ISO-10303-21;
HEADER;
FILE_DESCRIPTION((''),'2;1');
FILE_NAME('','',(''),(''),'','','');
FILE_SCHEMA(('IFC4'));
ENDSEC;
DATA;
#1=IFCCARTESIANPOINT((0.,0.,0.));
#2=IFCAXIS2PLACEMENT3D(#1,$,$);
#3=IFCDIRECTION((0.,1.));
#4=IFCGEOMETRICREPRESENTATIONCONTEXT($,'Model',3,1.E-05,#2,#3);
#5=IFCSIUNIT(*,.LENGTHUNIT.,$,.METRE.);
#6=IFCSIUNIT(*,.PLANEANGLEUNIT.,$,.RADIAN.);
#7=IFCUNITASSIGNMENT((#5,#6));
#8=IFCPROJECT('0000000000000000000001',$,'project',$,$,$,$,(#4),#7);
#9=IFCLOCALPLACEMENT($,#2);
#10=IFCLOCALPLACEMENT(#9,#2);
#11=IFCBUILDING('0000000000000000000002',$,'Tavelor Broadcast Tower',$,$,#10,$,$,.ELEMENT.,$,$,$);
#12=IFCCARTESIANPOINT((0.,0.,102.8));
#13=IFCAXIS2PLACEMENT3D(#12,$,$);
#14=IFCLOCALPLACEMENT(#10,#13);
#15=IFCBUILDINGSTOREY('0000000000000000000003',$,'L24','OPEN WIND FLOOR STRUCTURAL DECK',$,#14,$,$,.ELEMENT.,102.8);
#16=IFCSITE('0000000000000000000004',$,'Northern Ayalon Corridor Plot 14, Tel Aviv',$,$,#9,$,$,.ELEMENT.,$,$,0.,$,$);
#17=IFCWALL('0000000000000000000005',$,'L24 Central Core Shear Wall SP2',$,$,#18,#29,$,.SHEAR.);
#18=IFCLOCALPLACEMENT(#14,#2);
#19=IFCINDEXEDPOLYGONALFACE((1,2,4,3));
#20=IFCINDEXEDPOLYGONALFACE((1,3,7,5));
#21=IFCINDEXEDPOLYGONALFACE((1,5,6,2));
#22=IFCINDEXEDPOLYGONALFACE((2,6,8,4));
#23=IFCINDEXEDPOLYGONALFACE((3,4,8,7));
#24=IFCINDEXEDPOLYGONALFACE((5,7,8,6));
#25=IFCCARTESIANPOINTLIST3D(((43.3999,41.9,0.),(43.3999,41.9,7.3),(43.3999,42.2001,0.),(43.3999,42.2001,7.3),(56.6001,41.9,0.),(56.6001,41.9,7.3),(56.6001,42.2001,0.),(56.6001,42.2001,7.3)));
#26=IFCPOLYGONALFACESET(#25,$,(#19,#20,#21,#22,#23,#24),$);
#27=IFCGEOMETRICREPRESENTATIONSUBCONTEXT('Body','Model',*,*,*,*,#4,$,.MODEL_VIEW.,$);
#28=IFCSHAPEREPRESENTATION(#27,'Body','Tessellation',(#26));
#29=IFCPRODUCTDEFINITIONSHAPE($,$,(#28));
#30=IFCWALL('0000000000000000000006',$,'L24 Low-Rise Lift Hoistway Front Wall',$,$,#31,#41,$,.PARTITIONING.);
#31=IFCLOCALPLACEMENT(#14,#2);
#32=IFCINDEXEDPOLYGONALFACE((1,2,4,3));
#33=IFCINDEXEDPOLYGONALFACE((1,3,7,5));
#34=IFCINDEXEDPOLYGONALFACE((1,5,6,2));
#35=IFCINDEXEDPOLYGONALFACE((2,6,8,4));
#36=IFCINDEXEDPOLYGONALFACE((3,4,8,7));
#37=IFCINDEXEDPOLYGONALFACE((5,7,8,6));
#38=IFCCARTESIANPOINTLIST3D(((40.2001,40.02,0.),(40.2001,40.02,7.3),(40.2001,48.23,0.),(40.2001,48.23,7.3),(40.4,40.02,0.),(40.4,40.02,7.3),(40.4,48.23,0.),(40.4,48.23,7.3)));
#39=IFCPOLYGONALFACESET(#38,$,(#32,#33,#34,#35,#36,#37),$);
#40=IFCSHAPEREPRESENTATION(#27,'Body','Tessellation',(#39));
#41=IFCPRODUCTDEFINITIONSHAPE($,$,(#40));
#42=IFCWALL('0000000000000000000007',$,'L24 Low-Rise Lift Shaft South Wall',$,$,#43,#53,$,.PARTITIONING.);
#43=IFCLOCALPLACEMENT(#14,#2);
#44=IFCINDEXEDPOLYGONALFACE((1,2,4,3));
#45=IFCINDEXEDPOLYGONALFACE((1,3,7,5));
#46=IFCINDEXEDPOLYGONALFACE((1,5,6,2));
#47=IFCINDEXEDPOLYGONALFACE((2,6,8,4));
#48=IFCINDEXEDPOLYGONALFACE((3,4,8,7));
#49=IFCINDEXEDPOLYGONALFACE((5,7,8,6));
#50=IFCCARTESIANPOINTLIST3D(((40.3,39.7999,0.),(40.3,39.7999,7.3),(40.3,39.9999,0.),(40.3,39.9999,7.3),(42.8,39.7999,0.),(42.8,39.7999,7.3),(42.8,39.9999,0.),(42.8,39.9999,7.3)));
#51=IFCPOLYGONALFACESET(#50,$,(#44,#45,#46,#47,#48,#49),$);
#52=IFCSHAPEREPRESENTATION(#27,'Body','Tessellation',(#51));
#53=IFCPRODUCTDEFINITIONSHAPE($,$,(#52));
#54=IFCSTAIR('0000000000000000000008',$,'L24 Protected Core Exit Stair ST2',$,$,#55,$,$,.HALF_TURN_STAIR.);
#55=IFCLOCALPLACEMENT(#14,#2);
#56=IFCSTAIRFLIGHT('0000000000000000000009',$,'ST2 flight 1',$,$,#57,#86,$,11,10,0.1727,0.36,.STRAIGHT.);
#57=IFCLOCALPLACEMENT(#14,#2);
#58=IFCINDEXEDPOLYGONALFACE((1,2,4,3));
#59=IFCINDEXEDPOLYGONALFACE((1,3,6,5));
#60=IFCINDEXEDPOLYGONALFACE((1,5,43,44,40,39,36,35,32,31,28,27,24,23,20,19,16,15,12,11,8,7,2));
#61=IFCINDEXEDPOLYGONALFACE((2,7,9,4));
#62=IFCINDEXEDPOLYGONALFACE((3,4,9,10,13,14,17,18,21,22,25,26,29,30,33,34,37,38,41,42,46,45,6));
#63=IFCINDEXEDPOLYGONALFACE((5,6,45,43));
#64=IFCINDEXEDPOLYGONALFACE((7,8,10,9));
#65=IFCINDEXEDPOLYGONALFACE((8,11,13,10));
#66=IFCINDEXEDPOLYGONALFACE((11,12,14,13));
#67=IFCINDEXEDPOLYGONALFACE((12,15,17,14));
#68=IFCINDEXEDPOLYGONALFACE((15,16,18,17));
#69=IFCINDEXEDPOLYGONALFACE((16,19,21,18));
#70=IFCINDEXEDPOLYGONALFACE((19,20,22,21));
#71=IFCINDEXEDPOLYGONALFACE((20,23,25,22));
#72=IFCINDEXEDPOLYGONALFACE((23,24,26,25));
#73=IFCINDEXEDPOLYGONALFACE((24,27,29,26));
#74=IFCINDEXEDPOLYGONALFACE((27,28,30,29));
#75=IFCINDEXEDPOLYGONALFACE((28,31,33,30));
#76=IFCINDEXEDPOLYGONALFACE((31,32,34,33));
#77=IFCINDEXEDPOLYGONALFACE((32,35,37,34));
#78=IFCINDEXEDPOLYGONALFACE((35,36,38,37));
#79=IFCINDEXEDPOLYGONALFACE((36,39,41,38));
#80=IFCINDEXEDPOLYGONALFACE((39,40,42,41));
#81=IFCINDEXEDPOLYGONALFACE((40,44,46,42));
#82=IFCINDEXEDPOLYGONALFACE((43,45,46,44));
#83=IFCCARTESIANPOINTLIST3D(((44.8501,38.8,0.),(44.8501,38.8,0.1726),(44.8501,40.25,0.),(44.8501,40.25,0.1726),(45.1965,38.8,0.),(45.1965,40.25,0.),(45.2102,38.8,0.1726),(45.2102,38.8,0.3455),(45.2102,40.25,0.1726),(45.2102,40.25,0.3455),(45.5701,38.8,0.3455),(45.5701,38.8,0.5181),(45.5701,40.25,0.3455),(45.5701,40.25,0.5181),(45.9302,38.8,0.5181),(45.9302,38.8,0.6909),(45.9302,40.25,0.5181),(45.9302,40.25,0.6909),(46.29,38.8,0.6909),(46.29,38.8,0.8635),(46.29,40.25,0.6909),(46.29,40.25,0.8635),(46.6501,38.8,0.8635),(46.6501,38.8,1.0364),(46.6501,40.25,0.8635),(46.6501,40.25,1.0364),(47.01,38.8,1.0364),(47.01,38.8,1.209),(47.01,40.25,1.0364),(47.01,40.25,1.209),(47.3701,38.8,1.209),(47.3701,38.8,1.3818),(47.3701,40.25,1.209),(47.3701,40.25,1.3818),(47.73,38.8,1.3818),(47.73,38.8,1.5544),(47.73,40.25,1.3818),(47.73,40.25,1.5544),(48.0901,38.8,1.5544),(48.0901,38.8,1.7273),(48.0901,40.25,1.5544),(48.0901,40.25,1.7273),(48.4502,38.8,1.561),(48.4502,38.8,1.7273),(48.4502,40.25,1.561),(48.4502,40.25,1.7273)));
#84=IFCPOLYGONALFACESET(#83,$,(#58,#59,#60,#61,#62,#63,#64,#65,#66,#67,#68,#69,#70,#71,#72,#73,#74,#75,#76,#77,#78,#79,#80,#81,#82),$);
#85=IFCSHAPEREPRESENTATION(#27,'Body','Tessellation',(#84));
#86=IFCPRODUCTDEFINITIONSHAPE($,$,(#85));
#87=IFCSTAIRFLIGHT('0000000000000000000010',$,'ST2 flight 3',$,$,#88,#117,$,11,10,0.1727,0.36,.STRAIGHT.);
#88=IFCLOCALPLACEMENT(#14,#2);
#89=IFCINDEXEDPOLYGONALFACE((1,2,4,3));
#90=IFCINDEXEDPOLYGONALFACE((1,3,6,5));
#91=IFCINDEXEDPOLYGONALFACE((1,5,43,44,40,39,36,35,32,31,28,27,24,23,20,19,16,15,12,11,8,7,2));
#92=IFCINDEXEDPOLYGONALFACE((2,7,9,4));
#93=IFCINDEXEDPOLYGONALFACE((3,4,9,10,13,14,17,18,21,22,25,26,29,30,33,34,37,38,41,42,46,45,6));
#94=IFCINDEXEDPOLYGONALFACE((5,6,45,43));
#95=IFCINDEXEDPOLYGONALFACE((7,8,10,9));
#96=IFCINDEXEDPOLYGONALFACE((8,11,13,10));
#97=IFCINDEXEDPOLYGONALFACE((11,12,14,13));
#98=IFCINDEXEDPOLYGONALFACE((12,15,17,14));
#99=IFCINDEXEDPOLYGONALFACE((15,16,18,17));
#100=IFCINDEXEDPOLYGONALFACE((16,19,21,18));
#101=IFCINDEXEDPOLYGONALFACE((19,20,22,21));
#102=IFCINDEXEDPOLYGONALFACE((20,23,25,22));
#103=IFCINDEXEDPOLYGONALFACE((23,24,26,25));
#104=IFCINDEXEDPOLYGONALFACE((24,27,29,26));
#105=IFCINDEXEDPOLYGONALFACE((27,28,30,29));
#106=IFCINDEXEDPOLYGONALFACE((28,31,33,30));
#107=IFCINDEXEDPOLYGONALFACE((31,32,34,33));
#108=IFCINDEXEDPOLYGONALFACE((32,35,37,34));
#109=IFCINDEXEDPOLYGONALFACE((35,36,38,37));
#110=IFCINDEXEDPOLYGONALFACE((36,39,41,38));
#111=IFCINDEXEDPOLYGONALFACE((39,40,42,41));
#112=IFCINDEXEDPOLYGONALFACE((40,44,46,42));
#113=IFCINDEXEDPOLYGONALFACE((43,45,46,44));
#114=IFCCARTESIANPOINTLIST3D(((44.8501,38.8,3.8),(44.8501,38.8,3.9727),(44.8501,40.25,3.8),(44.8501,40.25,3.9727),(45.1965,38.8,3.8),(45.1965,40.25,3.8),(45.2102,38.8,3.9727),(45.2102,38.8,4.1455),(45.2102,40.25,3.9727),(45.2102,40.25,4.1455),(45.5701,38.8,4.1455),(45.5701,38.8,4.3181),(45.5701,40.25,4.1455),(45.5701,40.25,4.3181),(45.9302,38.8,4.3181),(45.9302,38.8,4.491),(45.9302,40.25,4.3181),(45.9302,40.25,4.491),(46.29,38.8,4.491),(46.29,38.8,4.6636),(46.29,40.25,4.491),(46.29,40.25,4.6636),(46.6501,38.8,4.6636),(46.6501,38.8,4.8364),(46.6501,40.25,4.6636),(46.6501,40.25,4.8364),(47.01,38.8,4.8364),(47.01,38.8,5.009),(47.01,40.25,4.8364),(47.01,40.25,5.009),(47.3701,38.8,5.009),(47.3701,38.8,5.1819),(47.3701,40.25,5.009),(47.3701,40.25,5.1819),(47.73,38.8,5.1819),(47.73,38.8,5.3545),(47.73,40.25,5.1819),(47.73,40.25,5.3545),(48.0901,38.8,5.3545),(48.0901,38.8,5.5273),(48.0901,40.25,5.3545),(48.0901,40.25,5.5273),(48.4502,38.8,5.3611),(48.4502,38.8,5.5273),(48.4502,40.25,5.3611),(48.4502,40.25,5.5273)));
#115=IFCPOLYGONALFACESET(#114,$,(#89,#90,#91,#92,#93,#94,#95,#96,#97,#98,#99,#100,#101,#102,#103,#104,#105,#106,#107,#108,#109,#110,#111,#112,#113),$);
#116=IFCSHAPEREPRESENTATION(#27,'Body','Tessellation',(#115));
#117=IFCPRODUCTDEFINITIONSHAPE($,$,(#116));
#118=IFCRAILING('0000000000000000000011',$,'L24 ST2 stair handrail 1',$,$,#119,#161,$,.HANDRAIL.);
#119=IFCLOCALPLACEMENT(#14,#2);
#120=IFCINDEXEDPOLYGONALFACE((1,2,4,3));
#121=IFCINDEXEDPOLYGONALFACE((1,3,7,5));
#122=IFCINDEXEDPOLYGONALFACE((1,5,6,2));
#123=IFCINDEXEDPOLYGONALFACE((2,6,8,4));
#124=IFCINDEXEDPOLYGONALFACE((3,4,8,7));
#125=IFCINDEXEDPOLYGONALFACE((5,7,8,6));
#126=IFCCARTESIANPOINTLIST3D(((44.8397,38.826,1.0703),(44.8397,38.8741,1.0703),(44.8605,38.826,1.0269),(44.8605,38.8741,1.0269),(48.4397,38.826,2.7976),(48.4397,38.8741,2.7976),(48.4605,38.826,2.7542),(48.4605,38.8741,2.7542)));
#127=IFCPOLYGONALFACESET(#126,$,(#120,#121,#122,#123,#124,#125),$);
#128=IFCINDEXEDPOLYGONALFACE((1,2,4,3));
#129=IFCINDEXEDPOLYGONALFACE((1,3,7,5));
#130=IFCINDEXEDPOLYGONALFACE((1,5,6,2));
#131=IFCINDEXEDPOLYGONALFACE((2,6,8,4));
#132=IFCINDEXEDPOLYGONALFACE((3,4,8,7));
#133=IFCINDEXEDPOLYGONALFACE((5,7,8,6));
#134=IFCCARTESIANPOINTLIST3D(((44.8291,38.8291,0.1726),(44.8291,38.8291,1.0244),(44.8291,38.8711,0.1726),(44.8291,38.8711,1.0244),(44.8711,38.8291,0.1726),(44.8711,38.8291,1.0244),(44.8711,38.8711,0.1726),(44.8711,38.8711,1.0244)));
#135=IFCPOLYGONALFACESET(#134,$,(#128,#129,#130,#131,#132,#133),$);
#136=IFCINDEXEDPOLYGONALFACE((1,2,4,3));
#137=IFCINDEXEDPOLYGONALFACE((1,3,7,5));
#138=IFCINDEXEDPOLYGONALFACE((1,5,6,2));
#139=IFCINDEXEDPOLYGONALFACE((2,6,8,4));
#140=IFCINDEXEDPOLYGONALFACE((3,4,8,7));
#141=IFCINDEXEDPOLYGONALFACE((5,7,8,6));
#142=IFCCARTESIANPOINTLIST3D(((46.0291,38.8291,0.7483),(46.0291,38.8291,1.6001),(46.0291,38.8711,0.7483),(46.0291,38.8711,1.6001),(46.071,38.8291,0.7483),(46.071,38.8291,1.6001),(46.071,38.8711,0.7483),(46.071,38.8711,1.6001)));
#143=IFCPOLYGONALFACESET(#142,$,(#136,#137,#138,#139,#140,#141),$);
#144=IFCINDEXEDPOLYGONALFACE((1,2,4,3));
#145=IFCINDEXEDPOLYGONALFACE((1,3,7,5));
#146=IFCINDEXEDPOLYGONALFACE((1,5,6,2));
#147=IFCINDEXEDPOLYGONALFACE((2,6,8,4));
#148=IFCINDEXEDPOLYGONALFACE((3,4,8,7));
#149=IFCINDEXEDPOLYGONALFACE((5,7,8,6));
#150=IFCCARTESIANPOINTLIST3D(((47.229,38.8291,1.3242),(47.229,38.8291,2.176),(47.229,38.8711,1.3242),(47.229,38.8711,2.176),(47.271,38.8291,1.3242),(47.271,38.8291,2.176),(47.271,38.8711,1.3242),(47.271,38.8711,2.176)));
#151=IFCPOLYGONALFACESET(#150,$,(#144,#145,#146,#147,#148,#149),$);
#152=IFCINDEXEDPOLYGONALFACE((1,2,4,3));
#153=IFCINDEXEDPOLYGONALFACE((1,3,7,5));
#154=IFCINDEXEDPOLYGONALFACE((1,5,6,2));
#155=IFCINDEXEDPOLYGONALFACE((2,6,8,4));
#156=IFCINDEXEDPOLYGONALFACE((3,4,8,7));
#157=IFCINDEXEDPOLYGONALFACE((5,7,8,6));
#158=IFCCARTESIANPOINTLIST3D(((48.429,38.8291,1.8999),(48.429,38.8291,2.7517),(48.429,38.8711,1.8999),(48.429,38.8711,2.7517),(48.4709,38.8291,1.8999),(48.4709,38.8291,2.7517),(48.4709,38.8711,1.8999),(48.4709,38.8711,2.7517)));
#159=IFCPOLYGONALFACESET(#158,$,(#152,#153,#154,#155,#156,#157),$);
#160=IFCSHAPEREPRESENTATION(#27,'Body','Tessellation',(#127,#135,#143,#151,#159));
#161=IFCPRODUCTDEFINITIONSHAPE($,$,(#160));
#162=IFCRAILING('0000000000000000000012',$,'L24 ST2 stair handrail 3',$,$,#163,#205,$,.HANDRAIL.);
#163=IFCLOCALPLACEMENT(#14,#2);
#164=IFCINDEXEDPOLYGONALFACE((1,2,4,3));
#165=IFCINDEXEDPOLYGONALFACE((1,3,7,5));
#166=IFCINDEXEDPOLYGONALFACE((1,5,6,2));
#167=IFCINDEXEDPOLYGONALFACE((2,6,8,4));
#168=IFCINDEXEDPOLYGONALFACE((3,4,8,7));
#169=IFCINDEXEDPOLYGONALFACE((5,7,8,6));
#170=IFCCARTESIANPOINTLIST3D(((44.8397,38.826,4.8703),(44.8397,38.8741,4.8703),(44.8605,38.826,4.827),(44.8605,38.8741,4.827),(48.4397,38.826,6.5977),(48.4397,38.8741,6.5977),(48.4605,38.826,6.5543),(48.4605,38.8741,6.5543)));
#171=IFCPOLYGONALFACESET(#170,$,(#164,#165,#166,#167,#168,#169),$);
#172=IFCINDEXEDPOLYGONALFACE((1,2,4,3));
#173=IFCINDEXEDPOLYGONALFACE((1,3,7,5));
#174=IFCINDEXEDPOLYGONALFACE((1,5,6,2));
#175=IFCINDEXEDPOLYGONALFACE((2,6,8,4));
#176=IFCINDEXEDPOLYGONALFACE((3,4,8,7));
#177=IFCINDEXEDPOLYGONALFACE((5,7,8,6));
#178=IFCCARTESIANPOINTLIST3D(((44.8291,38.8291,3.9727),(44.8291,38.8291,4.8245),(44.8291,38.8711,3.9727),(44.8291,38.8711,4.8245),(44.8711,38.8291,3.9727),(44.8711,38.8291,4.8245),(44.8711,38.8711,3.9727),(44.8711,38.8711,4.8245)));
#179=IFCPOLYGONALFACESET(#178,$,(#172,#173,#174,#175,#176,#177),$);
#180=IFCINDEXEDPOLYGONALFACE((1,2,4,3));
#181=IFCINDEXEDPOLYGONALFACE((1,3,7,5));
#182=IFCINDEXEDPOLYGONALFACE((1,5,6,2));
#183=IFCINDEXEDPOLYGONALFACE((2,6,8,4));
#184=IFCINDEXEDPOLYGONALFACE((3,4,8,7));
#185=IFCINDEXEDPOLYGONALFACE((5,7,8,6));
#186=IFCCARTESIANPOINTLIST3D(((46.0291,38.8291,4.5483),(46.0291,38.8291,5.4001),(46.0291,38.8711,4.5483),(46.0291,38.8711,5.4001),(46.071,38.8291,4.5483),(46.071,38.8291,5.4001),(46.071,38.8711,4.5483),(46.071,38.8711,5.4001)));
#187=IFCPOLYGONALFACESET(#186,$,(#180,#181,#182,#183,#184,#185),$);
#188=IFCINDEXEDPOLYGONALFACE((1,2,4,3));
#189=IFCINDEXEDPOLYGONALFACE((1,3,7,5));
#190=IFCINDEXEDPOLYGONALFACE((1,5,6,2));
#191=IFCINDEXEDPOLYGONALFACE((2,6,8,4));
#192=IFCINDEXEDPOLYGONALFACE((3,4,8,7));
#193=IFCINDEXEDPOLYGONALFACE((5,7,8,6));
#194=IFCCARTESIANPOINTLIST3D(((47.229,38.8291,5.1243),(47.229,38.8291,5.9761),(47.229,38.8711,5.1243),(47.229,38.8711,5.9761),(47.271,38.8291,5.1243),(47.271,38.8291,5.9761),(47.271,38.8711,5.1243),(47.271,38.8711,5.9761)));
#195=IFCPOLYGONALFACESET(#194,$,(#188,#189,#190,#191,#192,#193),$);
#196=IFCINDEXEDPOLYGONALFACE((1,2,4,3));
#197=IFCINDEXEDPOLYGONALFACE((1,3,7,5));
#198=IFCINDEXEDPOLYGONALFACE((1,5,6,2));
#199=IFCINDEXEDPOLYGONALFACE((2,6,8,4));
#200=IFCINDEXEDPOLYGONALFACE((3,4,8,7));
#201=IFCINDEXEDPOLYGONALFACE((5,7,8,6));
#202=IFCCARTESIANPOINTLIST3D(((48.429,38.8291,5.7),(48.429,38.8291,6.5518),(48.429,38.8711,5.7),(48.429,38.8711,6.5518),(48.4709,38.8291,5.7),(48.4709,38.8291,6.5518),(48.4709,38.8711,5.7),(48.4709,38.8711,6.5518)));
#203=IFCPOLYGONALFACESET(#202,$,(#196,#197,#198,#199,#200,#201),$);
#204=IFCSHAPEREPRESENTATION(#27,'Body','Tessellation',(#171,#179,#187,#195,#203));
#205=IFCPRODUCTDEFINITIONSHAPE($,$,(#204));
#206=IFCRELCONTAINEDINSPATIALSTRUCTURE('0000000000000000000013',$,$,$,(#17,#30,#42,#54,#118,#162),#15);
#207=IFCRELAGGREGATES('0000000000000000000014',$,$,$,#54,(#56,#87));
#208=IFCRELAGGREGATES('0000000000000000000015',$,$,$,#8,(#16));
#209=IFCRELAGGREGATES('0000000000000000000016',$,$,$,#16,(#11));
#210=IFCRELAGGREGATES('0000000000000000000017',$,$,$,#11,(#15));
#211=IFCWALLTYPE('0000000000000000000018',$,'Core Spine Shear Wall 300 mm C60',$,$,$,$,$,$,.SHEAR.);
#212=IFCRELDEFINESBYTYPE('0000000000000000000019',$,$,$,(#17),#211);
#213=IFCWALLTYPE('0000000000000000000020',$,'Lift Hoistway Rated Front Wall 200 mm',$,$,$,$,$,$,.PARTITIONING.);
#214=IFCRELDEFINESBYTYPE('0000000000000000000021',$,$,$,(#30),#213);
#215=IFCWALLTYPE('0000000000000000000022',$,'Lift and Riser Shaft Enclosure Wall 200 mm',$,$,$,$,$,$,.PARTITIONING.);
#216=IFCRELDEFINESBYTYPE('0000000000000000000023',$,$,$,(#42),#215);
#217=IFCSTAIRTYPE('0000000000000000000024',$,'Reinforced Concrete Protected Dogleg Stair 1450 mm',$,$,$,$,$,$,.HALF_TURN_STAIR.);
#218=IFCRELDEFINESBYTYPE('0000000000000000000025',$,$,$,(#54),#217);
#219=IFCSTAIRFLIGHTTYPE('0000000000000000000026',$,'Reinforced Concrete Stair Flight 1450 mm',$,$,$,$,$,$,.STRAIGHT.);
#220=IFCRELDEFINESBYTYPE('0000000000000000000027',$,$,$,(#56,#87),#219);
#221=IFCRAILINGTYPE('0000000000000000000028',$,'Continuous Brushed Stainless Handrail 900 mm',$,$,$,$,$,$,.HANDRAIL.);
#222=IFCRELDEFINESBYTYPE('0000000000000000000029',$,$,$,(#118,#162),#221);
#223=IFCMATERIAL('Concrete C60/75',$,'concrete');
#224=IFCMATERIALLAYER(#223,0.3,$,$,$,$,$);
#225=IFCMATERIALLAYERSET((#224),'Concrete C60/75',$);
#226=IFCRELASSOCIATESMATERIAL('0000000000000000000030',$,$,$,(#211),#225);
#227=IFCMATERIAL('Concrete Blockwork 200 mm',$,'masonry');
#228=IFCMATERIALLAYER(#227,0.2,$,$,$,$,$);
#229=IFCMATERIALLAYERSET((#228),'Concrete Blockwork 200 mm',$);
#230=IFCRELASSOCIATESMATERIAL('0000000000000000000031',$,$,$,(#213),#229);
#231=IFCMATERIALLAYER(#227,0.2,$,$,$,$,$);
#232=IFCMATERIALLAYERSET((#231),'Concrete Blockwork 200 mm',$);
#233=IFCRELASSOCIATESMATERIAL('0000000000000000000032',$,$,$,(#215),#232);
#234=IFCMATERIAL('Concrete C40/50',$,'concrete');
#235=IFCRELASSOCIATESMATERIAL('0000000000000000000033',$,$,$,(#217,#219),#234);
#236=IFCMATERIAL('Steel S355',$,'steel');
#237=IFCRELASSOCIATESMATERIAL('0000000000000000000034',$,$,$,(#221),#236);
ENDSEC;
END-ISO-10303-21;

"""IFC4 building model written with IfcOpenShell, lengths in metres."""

from ifc_helpers import new_model, si_unit, direction, frame, frame_2d, origin, origin_2d, place, context, subcontext, project, spatial, polyline, rectangle, outline, extrude, material, layer, layer_set, type_object, element, aggregate, save


model = new_model("IFC4")

# Units and contexts
model_context = context("Model", 3, precision=1e-05, world=origin(), true_north=direction((0.0, 1.0)))
body_context = subcontext(model_context, "Body", "Model", "MODEL_VIEW")
ifc_project = project(units=[si_unit("LENGTHUNIT", "METRE"), si_unit("PLANEANGLEUNIT", "RADIAN")], contexts=[model_context])

# Site, building, storey
site_placement = place(None, origin())
site = spatial("IfcSite", under=ifc_project, at=site_placement, Name="Northern Ayalon Corridor Plot 14, Tel Aviv", CompositionType="ELEMENT", RefElevation=0.0)
building_placement = place(site_placement, origin())
building = spatial("IfcBuilding", under=site, at=building_placement, Name="Tavelor Broadcast Tower", CompositionType="ELEMENT")
storey_placement = place(building_placement, frame((0.0, 0.0, 102.8)))
storey = spatial("IfcBuildingStorey", under=building, at=storey_placement, Name="L24", Description="OPEN WIND FLOOR STRUCTURAL DECK", CompositionType="ELEMENT", Elevation=102.8)

# Shared definitions
ifc_material_1 = material(Name="Concrete C60/75", Category="concrete")

# Shared definitions
ifc_material_2 = material(Name="Concrete C40/50", Category="concrete")
ifc_material_3 = material(Name="Steel S355", Category="steel")

# Walls
ifc_layer_1 = layer(ifc_material_1, 0.3)
ifc_layer_set_1 = layer_set([ifc_layer_1], Name="Concrete C60/75")
wall_type_1 = type_object("IfcWallType", Name="Core Spine Shear Wall 300 mm C60", PredefinedType="SHEAR", material=ifc_layer_set_1)
wall_1_placement = place(storey_placement, frame((43.3999, 42.05, 0.0), z_axis=(0.0, 0.0, 1.0), x_axis=(1.0, 0.0, 0.0)))
element("IfcWall", 1, at=wall_1_placement, inside=storey, type_object=wall_type_1, Name="L24 Central Core Shear Wall SP2", PredefinedType="SHEAR", context=body_context, shape_type="SweptSolid", body=[
    extrude(rectangle(XDim=13.2002, YDim=0.3, at=frame_2d((6.6001, 0.0))), origin(), (0.0, 0.0, 1.0), 7.3),
])
ifc_material_4 = material(Name="Concrete Blockwork 200 mm", Category="masonry")
ifc_layer_2 = layer(ifc_material_4, 0.2)
ifc_layer_set_2 = layer_set([ifc_layer_2], Name="Concrete Blockwork 200 mm")
wall_type_2 = type_object("IfcWallType", Name="Lift Hoistway Rated Front Wall 200 mm", PredefinedType="PARTITIONING", material=ifc_layer_set_2)
wall_2_placement = place(storey_placement, frame((40.3, 40.02, 0.0), z_axis=(0.0, 0.0, 1.0), x_axis=(0.0, 1.0, 0.0)))
element("IfcWall", 2, at=wall_2_placement, inside=storey, type_object=wall_type_2, Name="L24 Low-Rise Lift Hoistway Front Wall", PredefinedType="PARTITIONING", context=body_context, shape_type="SweptSolid", body=[
    extrude(rectangle(XDim=8.21, YDim=0.2, at=frame_2d((4.105, 0.0))), origin(), (0.0, 0.0, 1.0), 7.3),
])
ifc_layer_3 = layer(ifc_material_4, 0.2)
ifc_layer_set_3 = layer_set([ifc_layer_3], Name="Concrete Blockwork 200 mm")
wall_type_3 = type_object("IfcWallType", Name="Lift and Riser Shaft Enclosure Wall 200 mm", PredefinedType="PARTITIONING", material=ifc_layer_set_3)
wall_3_placement = place(storey_placement, frame((40.3, 39.8999, 0.0), z_axis=(0.0, 0.0, 1.0), x_axis=(1.0, 0.0, 0.0)))
element("IfcWall", 3, at=wall_3_placement, inside=storey, type_object=wall_type_3, Name="L24 Low-Rise Lift Shaft South Wall", PredefinedType="PARTITIONING", context=body_context, shape_type="SweptSolid", body=[
    extrude(rectangle(XDim=2.5, YDim=0.2, at=frame_2d((1.25, 0.0))), origin(), (0.0, 0.0, 1.0), 7.3),
])

# Stair, stair flights
stair_type = type_object("IfcStairType", Name="Reinforced Concrete Protected Dogleg Stair 1450 mm", PredefinedType="HALF_TURN_STAIR", material=ifc_material_2)
stair_placement = place(storey_placement, origin())
stair = element("IfcStair", 4, at=stair_placement, inside=storey, type_object=stair_type, Name="L24 Protected Core Exit Stair ST2", PredefinedType="HALF_TURN_STAIR")
stair_flight_type = type_object("IfcStairFlightType", Name="Reinforced Concrete Stair Flight 1450 mm", PredefinedType="STRAIGHT", material=ifc_material_2)
stair_flight_1_placement = place(storey_placement, frame((44.8501, 39.5249, 0.0), z_axis=(0.0, 0.0, 1.0), x_axis=(1.0, 0.0, 0.0)))
stair_flight_1 = element("IfcStairFlight", 5, at=stair_flight_1_placement, type_object=stair_flight_type, Name="ST2 flight 1", NumberOfRisers=11, NumberOfTreads=10, PredefinedType="STRAIGHT", RiserHeight=0.1727, TreadLength=0.36, context=body_context, shape_type="SweptSolid", body=[
    extrude(outline(polyline([(0.0, 0.0), (0.0, 0.1726), (0.3601, 0.1726), (0.3601, 0.3455), (0.72, 0.3455), (0.72, 0.5181), (1.0801, 0.5181), (1.0801, 0.6909), (1.4399, 0.6909), (1.4399, 0.8635), (1.8, 0.8635), (1.8, 1.0364), (2.1599, 1.0364), (2.1599, 1.209), (2.52, 1.209), (2.52, 1.3818), (2.8799, 1.3818), (2.8799, 1.5544), (3.24, 1.5544), (3.24, 1.7273), (3.6001, 1.7273), (3.6001, 1.8999), (3.6001, 1.561), (0.3464, 0.0), (0.0, 0.0)])), frame((0.0, 0.7251, 0.0), z_axis=(0.0, -1.0, 0.0), x_axis=(1.0, 0.0, 0.0)), (0.0, 0.0, 1.0), 1.45),
])
stair_flight_2_placement = place(storey_placement, frame((44.8501, 39.5249, 3.8), z_axis=(0.0, 0.0, 1.0), x_axis=(1.0, 0.0, 0.0)))
stair_flight_2 = element("IfcStairFlight", 6, at=stair_flight_2_placement, type_object=stair_flight_type, Name="ST2 flight 3", NumberOfRisers=11, NumberOfTreads=10, PredefinedType="STRAIGHT", RiserHeight=0.1727, TreadLength=0.36, context=body_context, shape_type="SweptSolid", body=[
    extrude(outline(polyline([(0.0, 0.0), (0.0, 0.1726), (0.3601, 0.1726), (0.3601, 0.3455), (0.72, 0.3455), (0.72, 0.5181), (1.0801, 0.5181), (1.0801, 0.6909), (1.4399, 0.6909), (1.4399, 0.8635), (1.8, 0.8635), (1.8, 1.0364), (2.1599, 1.0364), (2.1599, 1.209), (2.52, 1.209), (2.52, 1.3818), (2.8799, 1.3818), (2.8799, 1.5544), (3.24, 1.5544), (3.24, 1.7273), (3.6001, 1.7273), (3.6001, 1.8999), (3.6001, 1.561), (0.3464, 0.0), (0.0, 0.0)])), frame((0.0, 0.7251, 0.0), z_axis=(0.0, -1.0, 0.0), x_axis=(1.0, 0.0, 0.0)), (0.0, 0.0, 1.0), 1.45),
])
aggregate(stair, [stair_flight_1, stair_flight_2])

# Railings
railing_type_1 = type_object("IfcRailingType", Name="Continuous Brushed Stainless Handrail 900 mm", PredefinedType="HANDRAIL", material=ifc_material_3)
for number, where, name in (
    (7, (44.8501, 38.8501, 0.1726), "L24 ST2 stair handrail 1"),
    (8, (44.8501, 38.8501, 3.9727), "L24 ST2 stair handrail 3"),
):
    element("IfcRailing", number, at=place(storey_placement, frame(where)), inside=storey, type_object=railing_type_1, Name=name, PredefinedType="HANDRAIL", context=body_context, shape_type="SweptSolid", body=[
        extrude(rectangle(XDim=0.0481, YDim=0.0481, at=origin_2d()), frame((0.0, 0.0, 0.876), z_axis=(0.901585, 0.0, 0.432602), x_axis=(0.0, 1.0, 0.0)), (0.0, 0.0, 1.0), 3.9929),
        extrude(rectangle(XDim=0.042, YDim=0.042, at=origin_2d()), origin(), (0.0, 0.0, 1.0), 0.8518),
        extrude(rectangle(XDim=0.042, YDim=0.042, at=origin_2d()), frame((1.2, 0.0, 0.5757)), (0.0, 0.0, 1.0), 0.8518),
        extrude(rectangle(XDim=0.042, YDim=0.042, at=origin_2d()), frame((2.3999, 0.0, 1.1516)), (0.0, 0.0, 1.0), 0.8518),
        extrude(rectangle(XDim=0.042, YDim=0.042, at=origin_2d()), frame((3.5999, 0.0, 1.7273)), (0.0, 0.0, 1.0), 0.8518),
    ])

save(model, "model.ifc")
